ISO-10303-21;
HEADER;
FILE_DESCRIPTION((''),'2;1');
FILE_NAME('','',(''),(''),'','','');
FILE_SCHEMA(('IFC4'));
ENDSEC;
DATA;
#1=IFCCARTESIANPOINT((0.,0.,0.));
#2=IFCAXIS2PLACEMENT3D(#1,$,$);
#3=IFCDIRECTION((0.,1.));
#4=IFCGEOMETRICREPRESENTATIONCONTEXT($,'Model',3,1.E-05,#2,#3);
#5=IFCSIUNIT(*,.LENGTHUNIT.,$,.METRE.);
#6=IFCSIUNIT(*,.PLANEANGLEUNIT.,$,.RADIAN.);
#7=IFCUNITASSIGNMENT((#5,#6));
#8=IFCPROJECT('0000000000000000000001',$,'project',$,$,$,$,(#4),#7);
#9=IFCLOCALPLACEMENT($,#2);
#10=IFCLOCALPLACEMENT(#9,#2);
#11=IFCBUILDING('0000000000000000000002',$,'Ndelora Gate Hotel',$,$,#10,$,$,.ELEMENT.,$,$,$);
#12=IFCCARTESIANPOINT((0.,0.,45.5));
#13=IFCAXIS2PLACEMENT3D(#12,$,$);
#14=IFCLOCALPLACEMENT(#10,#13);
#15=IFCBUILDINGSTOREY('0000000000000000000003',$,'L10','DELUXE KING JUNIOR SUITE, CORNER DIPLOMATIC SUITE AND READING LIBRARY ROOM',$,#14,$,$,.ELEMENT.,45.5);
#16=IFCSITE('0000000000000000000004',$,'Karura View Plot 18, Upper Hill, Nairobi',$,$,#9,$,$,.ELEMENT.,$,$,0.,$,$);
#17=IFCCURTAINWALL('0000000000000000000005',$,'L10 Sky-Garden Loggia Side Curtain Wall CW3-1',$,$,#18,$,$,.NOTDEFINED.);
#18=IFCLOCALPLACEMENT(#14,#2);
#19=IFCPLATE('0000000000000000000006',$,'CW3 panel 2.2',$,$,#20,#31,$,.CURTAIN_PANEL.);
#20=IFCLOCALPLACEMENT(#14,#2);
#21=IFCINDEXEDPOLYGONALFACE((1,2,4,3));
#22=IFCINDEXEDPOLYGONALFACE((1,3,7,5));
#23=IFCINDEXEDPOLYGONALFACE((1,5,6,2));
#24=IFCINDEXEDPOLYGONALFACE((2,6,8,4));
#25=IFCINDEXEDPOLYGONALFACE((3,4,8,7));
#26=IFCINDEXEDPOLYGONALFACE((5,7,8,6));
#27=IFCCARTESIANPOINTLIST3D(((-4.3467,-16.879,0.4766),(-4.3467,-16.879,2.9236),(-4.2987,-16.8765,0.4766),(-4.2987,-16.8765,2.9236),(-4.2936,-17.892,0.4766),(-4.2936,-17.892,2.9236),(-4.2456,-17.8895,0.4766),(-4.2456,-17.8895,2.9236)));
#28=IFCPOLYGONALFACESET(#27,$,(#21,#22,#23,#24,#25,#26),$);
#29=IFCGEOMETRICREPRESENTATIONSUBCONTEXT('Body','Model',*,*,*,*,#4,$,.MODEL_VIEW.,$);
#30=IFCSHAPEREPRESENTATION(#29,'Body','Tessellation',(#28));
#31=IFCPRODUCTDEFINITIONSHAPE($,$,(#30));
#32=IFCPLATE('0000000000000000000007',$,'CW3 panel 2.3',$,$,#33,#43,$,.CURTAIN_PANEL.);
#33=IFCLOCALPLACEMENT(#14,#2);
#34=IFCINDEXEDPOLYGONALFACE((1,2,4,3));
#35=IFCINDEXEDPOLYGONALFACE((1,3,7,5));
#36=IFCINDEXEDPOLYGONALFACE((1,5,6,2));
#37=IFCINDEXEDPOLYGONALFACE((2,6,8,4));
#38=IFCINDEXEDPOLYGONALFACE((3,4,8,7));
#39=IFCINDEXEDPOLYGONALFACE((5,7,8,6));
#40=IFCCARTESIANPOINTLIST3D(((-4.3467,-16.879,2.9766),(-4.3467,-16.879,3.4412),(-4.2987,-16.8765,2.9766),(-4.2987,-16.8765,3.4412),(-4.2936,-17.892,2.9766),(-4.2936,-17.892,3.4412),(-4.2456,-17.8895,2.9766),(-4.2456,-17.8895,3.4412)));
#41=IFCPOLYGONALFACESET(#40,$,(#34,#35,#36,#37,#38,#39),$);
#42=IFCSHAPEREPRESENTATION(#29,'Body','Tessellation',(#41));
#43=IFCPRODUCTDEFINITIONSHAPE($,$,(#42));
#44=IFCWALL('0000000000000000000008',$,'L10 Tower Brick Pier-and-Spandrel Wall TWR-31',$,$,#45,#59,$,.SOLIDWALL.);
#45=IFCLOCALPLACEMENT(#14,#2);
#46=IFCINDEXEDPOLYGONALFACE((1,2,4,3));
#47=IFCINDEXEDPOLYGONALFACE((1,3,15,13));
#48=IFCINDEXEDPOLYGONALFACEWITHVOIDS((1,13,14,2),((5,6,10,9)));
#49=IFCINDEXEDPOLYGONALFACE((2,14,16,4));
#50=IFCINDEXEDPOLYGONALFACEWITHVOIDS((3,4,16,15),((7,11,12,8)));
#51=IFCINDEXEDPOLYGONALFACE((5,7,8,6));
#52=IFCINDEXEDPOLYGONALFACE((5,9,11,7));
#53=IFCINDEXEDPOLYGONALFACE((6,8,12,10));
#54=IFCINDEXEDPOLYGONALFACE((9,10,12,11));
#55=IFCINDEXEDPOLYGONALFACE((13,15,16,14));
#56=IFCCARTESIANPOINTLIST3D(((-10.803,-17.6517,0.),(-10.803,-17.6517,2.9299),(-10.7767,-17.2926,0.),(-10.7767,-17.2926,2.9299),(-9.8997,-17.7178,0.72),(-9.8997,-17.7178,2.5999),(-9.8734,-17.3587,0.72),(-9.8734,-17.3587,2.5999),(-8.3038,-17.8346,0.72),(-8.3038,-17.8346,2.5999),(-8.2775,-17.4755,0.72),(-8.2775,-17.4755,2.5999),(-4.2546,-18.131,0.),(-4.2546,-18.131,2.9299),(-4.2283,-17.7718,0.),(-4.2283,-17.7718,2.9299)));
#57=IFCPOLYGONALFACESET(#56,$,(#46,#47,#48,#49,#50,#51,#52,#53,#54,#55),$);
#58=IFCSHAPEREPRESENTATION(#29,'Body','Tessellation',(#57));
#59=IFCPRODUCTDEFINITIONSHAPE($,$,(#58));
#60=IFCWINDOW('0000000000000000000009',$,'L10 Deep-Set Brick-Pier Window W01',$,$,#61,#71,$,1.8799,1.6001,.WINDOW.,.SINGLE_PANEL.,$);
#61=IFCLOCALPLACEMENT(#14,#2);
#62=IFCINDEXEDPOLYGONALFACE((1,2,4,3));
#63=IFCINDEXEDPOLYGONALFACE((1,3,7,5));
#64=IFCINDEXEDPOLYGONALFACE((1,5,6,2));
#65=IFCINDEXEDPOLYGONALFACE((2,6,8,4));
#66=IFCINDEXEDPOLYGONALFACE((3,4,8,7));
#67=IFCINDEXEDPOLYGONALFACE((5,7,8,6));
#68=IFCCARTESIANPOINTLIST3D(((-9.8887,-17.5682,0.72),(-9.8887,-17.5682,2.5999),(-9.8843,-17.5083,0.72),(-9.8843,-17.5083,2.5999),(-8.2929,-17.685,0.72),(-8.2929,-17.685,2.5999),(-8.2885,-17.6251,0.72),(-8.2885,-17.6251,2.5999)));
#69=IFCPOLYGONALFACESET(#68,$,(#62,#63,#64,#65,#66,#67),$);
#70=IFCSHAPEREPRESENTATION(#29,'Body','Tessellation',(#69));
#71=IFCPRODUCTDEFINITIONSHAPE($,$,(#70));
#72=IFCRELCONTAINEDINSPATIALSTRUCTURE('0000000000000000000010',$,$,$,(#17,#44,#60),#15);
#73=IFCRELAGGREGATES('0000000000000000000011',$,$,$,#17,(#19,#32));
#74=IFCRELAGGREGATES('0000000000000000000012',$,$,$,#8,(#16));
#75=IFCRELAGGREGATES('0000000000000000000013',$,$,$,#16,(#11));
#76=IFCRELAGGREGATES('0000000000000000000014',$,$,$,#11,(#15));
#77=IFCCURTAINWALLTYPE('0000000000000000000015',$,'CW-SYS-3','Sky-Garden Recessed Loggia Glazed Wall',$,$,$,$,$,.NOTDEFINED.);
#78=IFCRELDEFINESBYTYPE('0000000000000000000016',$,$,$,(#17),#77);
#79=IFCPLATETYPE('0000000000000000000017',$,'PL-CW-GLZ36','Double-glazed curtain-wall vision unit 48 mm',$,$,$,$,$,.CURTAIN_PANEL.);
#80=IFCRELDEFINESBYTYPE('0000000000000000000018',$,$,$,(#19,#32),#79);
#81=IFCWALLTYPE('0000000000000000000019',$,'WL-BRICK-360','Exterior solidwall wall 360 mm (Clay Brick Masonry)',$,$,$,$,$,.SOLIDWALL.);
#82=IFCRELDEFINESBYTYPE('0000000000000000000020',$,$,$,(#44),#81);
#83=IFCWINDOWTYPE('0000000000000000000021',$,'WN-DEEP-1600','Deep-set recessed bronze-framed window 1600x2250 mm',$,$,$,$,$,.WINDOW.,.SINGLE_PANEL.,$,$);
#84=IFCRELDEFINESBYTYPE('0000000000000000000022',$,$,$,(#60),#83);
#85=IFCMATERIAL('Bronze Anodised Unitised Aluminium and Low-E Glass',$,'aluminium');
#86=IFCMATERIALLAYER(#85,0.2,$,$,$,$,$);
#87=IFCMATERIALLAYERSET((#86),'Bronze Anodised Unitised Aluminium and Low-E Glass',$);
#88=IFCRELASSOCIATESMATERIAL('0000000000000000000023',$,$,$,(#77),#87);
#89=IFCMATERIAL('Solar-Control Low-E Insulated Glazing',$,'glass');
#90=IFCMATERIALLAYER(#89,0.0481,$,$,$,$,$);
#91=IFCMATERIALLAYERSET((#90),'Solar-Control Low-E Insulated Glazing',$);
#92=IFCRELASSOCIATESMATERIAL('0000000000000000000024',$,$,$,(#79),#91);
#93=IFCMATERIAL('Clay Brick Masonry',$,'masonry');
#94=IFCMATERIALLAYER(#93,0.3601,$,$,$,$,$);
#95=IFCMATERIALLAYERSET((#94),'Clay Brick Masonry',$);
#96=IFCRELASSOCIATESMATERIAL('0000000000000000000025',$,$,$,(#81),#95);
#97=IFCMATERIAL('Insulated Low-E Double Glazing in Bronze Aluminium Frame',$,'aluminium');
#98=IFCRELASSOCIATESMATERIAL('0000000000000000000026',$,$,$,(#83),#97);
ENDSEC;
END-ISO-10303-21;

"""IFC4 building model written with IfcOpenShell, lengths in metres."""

from ifc_helpers import new_model, si_unit, direction, frame, frame_2d, origin, origin_2d, place, context, subcontext, project, spatial, rectangle, extrude, material, layer, layer_set, type_object, element, fill, aggregate, save


model = new_model("IFC4")

# Units and contexts
model_context = context("Model", 3, precision=1e-05, world=origin(), true_north=direction((0.0, 1.0)))
body_context = subcontext(model_context, "Body", "Model", "MODEL_VIEW")
ifc_project = project(units=[si_unit("LENGTHUNIT", "METRE"), si_unit("PLANEANGLEUNIT", "RADIAN")], contexts=[model_context])

# Site, building, storey
site_placement = place(None, origin())
site = spatial("IfcSite", under=ifc_project, at=site_placement, Name="Karura View Plot 18, Upper Hill, Nairobi", CompositionType="ELEMENT", RefElevation=0.0)
building_placement = place(site_placement, origin())
building = spatial("IfcBuilding", under=site, at=building_placement, Name="Ndelora Gate Hotel", CompositionType="ELEMENT")
storey_placement = place(building_placement, frame((0.0, 0.0, 45.5)))
storey = spatial("IfcBuildingStorey", under=building, at=storey_placement, Name="L10", Description="DELUXE KING JUNIOR SUITE, CORNER DIPLOMATIC SUITE AND READING LIBRARY ROOM", CompositionType="ELEMENT", Elevation=45.5)

# Curtain wall, plates
ifc_material_1 = material(Name="Bronze Anodised Unitised Aluminium and Low-E Glass", Category="aluminium")
ifc_layer_1 = layer(ifc_material_1, 0.2)
ifc_layer_set_1 = layer_set([ifc_layer_1], Name="Bronze Anodised Unitised Aluminium and Low-E Glass")
curtain_wall_type = type_object("IfcCurtainWallType", Name="CW-SYS-3", Description="Sky-Garden Recessed Loggia Glazed Wall", PredefinedType="NOTDEFINED", material=ifc_layer_set_1)
curtain_wall_placement = place(storey_placement, origin())
curtain_wall = element("IfcCurtainWall", 1, at=curtain_wall_placement, inside=storey, type_object=curtain_wall_type, Name="L10 Sky-Garden Loggia Side Curtain Wall CW3-1", PredefinedType="NOTDEFINED")
ifc_material_2 = material(Name="Solar-Control Low-E Insulated Glazing", Category="glass")
ifc_layer_2 = layer(ifc_material_2, 0.0481)
ifc_layer_set_2 = layer_set([ifc_layer_2], Name="Solar-Control Low-E Insulated Glazing")
plate_type = type_object("IfcPlateType", Name="PL-CW-GLZ36", Description="Double-glazed curtain-wall vision unit 48 mm", PredefinedType="CURTAIN_PANEL", material=ifc_layer_set_2)
plate_1_placement = place(storey_placement, frame((-4.2961, -17.3843, 0.4766), z_axis=(0.0, 0.0, 1.0), x_axis=(0.052363, -0.998628, 0.0)))
plate_1 = element("IfcPlate", 2, at=plate_1_placement, type_object=plate_type, Name="CW3 panel 2.2", PredefinedType="CURTAIN_PANEL", context=body_context, shape_type="SweptSolid", body=[
    extrude(rectangle(XDim=1.0144, YDim=0.0481, at=origin_2d()), origin(), (0.0, 0.0, 1.0), 2.447),
])
plate_2_placement = place(storey_placement, frame((-4.2961, -17.3843, 2.9766), z_axis=(0.0, 0.0, 1.0), x_axis=(0.052363, -0.998628, 0.0)))
plate_2 = element("IfcPlate", 3, at=plate_2_placement, type_object=plate_type, Name="CW3 panel 2.3", PredefinedType="CURTAIN_PANEL", context=body_context, shape_type="SweptSolid", body=[
    extrude(rectangle(XDim=1.0144, YDim=0.0481, at=origin_2d()), origin(), (0.0, 0.0, 1.0), 0.4646),
])
aggregate(curtain_wall, [plate_1, plate_2])

# Wall, opening, window
ifc_material_3 = material(Name="Clay Brick Masonry", Category="masonry")
ifc_layer_3 = layer(ifc_material_3, 0.3601)
ifc_layer_set_3 = layer_set([ifc_layer_3], Name="Clay Brick Masonry")
wall_type = type_object("IfcWallType", Name="WL-BRICK-360", Description="Exterior solidwall wall 360 mm (Clay Brick Masonry)", PredefinedType="SOLIDWALL", material=ifc_layer_set_3)
wall_placement = place(storey_placement, frame((-4.2415, -17.9514, 0.0), z_axis=(0.0, 0.0, 1.0), x_axis=(-0.997333, 0.072991, 0.0)))
wall = element("IfcWall", 4, at=wall_placement, inside=storey, type_object=wall_type, Name="L10 Tower Brick Pier-and-Spandrel Wall TWR-31", PredefinedType="SOLIDWALL", context=body_context, shape_type="SweptSolid", body=[
    extrude(rectangle(XDim=6.5659, YDim=0.3601, at=frame_2d((3.283, 0.0))), origin(), (0.0, 0.0, 1.0), 2.9299),
])
opening_placement = place(wall_placement, frame((4.0601, 0.0, 0.72)))
opening = element("IfcOpeningElement", 5, at=opening_placement, cuts=wall, PredefinedType="OPENING", context=body_context, shape_type="SweptSolid", body=[
    extrude(rectangle(XDim=1.6001, YDim=1.8799, at=frame_2d((0.8, 0.9399))), frame((0.0, 0.1899, 0.0), z_axis=(0.0, -1.0, 0.0), x_axis=(1.0, 0.0, 0.0)), (0.0, 0.0, 1.0), 0.3801),
])
ifc_material_4 = material(Name="Insulated Low-E Double Glazing in Bronze Aluminium Frame", Category="aluminium")
window_type = type_object("IfcWindowType", Name="WN-DEEP-1600", Description="Deep-set recessed bronze-framed window 1600x2250 mm", PartitioningType="SINGLE_PANEL", PredefinedType="WINDOW", material=ifc_material_4)
window_placement = place(opening_placement, origin())
window = element("IfcWindow", 6, at=window_placement, inside=storey, type_object=window_type, Name="L10 Deep-Set Brick-Pier Window W01", OverallHeight=1.8799, OverallWidth=1.6001, PartitioningType="SINGLE_PANEL", PredefinedType="WINDOW", context=body_context, shape_type="SweptSolid", body=[
    extrude(rectangle(XDim=1.6001, YDim=1.8799, at=frame_2d((0.8, 0.9399))), frame((0.0, 0.03, 0.0), z_axis=(0.0, -1.0, 0.0), x_axis=(1.0, 0.0, 0.0)), (0.0, 0.0, 1.0), 0.0601),
])
fill(opening, window)

save(model, "model.ifc")
